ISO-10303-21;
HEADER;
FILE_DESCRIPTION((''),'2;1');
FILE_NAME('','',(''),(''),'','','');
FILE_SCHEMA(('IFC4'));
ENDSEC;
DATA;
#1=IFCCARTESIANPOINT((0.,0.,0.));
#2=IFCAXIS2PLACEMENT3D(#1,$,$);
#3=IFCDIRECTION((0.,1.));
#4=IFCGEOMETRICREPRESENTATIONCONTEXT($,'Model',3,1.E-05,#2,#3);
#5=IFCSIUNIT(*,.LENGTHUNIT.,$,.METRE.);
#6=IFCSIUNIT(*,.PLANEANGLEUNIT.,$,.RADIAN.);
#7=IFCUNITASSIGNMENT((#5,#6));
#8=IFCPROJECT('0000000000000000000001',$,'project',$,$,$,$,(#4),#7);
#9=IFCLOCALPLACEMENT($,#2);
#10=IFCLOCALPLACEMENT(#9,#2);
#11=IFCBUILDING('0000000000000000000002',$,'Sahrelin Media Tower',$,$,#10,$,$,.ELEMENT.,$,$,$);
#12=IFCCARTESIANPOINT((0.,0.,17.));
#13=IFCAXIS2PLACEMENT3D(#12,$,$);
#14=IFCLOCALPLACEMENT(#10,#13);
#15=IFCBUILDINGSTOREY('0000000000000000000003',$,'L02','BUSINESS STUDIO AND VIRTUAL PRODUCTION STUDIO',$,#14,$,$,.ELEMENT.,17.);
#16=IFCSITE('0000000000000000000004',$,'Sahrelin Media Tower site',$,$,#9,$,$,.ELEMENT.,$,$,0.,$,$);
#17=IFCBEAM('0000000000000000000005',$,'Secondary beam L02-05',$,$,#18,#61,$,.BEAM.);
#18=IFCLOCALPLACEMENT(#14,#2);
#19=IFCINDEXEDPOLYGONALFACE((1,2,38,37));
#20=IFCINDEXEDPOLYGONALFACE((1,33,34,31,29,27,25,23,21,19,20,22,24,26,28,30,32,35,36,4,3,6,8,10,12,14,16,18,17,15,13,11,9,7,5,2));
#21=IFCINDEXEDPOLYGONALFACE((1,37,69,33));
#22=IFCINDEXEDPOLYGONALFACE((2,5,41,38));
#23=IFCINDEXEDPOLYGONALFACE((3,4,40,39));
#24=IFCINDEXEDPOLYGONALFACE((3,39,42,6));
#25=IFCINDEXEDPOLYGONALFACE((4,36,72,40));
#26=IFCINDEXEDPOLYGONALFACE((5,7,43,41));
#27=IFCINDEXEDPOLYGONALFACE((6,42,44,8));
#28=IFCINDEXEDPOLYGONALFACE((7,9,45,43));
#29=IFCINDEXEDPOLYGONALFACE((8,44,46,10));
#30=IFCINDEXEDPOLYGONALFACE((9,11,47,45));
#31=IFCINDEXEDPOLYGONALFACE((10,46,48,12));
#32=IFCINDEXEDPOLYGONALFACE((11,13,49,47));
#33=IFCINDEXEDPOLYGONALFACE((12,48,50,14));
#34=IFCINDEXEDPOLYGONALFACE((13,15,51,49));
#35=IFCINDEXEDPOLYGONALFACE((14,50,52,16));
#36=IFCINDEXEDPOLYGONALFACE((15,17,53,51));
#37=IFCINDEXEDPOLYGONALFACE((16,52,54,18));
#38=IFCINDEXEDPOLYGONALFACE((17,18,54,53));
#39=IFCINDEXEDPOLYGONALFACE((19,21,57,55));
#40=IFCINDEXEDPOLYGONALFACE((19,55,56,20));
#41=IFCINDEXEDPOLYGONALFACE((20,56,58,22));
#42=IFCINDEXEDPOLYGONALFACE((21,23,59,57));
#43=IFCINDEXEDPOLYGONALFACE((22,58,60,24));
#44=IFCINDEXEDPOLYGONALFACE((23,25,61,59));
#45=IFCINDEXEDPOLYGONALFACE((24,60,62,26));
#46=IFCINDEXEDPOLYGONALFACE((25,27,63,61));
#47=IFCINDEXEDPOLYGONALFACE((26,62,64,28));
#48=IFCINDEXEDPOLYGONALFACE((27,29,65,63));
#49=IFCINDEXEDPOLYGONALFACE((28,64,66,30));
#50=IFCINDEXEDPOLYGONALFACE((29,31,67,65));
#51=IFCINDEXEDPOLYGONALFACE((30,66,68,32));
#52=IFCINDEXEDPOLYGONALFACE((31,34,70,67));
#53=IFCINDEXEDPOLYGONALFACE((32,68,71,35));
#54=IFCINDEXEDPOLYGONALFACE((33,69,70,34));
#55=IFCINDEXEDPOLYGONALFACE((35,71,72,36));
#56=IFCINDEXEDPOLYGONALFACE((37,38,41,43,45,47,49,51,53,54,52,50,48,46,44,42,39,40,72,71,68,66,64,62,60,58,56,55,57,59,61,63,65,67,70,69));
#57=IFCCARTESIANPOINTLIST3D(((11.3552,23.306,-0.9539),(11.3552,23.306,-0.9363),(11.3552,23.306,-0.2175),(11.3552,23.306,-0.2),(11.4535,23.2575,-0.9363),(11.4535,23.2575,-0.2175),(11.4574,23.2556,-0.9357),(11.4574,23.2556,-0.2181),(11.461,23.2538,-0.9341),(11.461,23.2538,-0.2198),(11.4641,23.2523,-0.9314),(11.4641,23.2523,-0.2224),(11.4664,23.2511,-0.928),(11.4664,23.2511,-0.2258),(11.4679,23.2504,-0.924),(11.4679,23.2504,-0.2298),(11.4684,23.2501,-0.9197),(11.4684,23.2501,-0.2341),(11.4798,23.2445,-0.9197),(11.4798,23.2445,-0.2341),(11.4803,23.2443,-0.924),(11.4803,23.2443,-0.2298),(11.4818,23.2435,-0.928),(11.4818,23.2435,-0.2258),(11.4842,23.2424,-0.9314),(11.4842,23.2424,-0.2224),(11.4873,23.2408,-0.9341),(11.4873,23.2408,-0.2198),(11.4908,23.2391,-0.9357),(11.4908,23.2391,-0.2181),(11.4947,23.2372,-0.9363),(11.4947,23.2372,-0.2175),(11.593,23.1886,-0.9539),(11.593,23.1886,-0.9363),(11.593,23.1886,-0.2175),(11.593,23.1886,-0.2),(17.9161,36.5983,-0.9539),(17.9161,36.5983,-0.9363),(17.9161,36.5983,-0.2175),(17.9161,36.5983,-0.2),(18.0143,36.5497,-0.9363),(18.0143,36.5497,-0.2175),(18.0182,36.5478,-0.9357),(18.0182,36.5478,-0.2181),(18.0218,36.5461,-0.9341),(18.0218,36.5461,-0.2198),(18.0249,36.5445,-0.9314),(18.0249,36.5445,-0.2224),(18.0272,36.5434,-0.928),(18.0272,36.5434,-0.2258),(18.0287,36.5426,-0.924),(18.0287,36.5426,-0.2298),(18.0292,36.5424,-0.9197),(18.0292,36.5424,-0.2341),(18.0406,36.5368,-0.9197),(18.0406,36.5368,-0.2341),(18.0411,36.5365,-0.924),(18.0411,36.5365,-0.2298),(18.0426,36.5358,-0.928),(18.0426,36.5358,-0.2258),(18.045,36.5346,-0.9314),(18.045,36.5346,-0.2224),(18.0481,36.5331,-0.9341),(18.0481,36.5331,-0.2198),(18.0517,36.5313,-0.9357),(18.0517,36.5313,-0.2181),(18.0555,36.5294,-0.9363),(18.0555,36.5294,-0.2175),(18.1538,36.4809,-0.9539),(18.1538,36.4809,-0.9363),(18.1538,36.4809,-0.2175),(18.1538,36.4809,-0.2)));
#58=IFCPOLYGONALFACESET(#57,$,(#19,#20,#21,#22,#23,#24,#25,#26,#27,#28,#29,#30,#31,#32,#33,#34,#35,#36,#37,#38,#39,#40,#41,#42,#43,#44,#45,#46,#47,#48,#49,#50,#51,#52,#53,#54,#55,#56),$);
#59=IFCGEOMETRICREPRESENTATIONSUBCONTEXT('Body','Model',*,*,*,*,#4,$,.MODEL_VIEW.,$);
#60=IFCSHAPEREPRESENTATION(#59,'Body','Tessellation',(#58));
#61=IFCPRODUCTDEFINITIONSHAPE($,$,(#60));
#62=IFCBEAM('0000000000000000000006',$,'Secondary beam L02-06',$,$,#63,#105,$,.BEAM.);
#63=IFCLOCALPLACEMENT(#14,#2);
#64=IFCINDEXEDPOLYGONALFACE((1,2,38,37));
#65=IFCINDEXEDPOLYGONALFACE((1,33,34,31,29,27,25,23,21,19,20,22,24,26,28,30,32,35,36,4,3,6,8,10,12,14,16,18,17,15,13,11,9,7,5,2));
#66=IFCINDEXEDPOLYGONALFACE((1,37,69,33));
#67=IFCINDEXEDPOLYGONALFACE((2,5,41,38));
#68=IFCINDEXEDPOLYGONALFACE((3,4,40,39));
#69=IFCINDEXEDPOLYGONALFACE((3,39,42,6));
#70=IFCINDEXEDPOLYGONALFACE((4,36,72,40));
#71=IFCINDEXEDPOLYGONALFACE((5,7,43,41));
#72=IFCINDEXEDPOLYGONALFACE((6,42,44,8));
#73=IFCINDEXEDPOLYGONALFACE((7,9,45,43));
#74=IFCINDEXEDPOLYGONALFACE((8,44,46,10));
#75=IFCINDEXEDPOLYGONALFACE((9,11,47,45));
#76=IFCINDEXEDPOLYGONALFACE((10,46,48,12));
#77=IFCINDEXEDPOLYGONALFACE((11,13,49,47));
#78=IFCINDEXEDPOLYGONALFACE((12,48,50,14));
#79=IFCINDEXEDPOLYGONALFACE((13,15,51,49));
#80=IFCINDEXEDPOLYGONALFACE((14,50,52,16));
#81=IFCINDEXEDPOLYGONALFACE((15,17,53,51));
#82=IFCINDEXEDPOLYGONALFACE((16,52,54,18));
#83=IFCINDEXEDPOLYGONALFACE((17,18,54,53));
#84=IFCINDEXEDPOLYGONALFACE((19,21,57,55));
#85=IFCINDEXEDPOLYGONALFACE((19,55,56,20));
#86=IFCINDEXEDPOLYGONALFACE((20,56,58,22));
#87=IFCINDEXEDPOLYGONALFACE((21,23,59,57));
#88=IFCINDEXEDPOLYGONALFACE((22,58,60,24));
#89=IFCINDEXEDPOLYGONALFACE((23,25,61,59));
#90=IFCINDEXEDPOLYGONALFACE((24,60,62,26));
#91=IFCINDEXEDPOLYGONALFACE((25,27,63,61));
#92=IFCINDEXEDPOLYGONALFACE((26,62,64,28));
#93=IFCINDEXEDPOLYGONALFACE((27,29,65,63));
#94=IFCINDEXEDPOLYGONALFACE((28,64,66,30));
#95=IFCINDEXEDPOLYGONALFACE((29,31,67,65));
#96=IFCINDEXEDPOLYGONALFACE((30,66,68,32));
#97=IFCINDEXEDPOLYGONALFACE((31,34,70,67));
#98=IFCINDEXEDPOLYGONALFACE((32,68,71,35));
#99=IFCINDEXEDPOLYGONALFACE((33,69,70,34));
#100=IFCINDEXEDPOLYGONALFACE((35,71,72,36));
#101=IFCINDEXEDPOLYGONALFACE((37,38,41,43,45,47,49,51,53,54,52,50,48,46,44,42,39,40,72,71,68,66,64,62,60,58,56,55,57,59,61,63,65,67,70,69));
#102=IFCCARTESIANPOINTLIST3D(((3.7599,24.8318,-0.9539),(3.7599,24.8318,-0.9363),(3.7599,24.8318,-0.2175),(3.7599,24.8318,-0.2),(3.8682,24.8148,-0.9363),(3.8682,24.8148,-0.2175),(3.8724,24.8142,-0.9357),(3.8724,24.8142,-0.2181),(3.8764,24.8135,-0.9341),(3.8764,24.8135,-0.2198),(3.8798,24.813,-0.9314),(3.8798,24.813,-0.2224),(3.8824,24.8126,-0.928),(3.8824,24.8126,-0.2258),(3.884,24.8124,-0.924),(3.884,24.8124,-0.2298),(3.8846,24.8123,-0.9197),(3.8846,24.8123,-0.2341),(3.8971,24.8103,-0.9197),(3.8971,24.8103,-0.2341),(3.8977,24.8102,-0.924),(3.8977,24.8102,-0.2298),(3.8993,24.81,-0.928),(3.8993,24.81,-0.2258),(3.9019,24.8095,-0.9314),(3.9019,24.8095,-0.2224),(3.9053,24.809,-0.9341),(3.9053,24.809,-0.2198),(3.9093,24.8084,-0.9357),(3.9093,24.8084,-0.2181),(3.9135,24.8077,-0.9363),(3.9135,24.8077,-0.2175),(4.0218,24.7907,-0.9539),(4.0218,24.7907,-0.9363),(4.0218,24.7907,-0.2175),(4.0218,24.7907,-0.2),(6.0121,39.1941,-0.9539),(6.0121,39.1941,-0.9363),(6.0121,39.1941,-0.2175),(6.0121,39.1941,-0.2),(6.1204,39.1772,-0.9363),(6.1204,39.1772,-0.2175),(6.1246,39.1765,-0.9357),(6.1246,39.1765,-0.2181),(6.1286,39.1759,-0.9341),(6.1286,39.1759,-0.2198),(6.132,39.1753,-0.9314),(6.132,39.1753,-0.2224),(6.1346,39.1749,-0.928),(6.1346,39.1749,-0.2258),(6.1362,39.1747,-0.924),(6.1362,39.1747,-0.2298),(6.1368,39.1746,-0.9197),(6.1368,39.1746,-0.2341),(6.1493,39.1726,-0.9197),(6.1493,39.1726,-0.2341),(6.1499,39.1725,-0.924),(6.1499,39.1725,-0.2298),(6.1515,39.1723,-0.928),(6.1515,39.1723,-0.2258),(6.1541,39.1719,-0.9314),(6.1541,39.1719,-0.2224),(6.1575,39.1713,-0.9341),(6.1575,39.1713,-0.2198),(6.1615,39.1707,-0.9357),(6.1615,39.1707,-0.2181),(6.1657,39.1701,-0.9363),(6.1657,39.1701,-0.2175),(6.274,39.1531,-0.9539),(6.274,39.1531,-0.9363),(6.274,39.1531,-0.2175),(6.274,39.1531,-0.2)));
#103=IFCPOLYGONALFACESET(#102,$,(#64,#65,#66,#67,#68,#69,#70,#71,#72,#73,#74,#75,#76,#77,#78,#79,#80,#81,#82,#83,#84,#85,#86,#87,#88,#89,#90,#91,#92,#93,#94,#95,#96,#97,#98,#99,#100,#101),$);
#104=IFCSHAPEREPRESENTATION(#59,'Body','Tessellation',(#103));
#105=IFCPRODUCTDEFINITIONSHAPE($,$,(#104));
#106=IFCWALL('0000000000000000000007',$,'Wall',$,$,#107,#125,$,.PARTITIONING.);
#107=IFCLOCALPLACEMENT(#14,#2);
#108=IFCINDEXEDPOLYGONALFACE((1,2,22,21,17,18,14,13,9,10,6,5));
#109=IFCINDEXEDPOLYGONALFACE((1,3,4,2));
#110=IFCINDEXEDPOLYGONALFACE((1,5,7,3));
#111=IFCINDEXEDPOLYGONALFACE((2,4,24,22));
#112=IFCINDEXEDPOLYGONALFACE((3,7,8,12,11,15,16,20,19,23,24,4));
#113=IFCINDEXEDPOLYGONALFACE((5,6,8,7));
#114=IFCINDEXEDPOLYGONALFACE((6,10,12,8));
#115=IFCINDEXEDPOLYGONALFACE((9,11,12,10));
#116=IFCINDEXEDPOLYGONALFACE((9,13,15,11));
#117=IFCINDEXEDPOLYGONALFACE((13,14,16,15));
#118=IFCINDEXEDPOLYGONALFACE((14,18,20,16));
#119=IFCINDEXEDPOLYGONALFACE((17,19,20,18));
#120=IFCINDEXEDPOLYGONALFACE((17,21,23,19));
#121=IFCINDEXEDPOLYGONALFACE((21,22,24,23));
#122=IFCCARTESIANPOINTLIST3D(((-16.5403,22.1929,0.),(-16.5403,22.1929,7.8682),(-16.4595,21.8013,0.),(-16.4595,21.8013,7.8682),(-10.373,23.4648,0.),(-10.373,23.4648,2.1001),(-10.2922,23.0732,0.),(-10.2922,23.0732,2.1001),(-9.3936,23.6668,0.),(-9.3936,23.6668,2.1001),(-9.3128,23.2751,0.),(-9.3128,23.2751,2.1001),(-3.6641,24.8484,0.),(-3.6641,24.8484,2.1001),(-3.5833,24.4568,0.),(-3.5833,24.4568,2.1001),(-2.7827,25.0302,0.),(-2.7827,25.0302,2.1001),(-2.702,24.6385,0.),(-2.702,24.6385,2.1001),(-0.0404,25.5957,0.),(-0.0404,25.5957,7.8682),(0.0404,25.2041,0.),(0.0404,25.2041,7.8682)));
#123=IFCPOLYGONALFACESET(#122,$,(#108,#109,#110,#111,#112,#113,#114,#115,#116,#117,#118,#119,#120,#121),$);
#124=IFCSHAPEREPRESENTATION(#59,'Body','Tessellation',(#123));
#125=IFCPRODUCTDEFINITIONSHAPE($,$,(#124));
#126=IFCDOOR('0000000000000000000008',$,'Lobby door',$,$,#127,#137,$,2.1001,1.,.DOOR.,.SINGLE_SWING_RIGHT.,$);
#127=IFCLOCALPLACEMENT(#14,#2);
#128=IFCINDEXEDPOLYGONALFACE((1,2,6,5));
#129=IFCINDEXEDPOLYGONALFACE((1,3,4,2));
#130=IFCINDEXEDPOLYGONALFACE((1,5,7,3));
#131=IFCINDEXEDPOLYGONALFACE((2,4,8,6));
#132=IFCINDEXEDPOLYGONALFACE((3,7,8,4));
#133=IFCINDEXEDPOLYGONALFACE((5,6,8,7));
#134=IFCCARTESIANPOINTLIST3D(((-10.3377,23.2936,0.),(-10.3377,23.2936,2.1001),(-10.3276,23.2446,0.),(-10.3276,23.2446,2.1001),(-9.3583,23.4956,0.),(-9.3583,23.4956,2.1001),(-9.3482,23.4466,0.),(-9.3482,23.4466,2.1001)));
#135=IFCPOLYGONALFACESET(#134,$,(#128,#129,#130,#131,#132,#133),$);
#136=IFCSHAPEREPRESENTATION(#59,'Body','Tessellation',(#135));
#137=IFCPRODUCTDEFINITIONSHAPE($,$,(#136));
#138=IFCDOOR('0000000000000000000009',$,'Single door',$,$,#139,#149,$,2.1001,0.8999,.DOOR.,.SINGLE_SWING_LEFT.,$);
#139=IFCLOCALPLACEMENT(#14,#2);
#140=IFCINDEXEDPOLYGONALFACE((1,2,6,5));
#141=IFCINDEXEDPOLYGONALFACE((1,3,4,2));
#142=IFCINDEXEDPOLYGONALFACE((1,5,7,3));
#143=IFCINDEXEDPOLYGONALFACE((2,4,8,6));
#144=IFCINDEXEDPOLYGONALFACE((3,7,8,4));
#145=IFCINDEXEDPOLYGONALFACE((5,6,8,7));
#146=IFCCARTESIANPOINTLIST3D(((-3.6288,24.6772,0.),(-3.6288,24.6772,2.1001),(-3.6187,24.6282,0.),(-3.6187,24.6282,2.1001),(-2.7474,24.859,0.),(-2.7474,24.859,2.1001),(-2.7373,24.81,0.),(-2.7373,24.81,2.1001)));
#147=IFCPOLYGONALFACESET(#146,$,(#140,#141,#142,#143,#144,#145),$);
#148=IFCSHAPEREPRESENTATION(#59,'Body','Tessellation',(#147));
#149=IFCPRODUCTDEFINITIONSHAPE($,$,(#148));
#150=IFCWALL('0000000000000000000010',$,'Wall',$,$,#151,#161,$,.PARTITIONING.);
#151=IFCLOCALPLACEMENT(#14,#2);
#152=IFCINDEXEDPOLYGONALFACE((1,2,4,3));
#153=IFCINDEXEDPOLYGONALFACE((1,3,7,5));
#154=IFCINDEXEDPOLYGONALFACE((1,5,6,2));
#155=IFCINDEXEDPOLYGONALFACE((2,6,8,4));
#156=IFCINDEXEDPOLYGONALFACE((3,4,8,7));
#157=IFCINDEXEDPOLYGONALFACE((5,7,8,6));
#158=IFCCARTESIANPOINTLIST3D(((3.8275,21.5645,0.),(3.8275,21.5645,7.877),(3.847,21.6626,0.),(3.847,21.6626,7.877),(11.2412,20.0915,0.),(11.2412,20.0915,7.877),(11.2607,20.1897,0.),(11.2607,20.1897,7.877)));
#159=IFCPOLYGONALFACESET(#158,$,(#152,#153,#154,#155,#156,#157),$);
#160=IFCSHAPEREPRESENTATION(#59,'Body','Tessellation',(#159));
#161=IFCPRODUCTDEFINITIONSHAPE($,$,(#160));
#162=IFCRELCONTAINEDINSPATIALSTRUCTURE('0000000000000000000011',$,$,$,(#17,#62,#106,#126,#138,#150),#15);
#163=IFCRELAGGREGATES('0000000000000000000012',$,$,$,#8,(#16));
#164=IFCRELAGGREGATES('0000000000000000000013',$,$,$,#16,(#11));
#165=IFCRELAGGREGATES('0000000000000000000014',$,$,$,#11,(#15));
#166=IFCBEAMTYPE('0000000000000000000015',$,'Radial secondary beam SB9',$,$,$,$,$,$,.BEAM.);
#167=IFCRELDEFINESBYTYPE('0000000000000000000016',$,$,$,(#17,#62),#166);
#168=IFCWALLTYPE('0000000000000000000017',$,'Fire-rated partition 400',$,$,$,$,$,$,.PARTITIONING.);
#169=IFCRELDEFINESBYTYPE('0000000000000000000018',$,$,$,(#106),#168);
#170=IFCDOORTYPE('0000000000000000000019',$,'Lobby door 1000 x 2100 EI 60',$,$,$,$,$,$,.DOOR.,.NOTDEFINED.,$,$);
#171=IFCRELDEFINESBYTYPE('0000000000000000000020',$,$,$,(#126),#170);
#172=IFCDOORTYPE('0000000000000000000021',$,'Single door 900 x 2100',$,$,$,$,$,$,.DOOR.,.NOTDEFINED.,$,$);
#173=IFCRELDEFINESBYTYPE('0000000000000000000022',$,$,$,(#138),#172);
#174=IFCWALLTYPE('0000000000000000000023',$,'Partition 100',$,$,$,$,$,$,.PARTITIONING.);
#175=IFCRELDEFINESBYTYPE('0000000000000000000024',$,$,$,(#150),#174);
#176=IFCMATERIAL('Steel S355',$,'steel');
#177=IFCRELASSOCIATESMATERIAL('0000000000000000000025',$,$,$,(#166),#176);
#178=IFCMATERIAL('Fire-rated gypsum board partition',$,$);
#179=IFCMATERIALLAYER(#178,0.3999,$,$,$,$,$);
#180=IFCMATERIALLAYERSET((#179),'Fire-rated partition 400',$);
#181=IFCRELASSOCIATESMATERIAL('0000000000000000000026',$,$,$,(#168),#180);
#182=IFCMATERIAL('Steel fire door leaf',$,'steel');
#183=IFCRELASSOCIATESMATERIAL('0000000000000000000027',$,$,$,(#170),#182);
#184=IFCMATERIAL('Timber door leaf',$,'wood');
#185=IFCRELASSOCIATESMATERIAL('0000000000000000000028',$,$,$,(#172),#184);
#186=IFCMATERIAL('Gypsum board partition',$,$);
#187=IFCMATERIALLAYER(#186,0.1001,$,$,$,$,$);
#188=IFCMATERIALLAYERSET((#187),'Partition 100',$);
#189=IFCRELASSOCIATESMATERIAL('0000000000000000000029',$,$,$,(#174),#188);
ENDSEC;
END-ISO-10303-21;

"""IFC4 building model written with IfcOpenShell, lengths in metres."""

from ifc_helpers import new_model, si_unit, direction, frame, frame_2d, origin, origin_2d, place, context, subcontext, project, spatial, rectangle, i_section, extrude, material, layer, layer_set, material_profile, profile_set, type_object, element, fill, save


model = new_model("IFC4")

# Units and contexts
model_context = context("Model", 3, precision=1e-05, world=origin(), true_north=direction((0.0, 1.0)))
body_context = subcontext(model_context, "Body", "Model", "MODEL_VIEW")
ifc_project = project(units=[si_unit("LENGTHUNIT", "METRE"), si_unit("PLANEANGLEUNIT", "RADIAN")], contexts=[model_context])

# Site, building, storey
site_placement = place(None, origin())
site = spatial("IfcSite", under=ifc_project, at=site_placement, Name="Sahrelin Media Tower site", CompositionType="ELEMENT", RefElevation=0.0)
building_placement = place(site_placement, origin())
building = spatial("IfcBuilding", under=site, at=building_placement, Name="Sahrelin Media Tower", CompositionType="ELEMENT")
storey_placement = place(building_placement, frame((0.0, 0.0, 17.0)))
storey = spatial("IfcBuildingStorey", under=building, at=storey_placement, Name="L02", Description="BUSINESS STUDIO AND VIRTUAL PRODUCTION STUDIO", CompositionType="ELEMENT", Elevation=17.0)

# Beams
ifc_material_1 = material(Name="Steel S355", Category="steel")
ifc_material_profile_1 = material_profile(ifc_material_1, i_section(OverallWidth=0.2651, OverallDepth=0.7539, WebThickness=0.0127, FlangeThickness=0.0176, FilletRadius=0.0166, at=origin_2d()), Name="UB 762x267x147")
ifc_profile_set_1 = profile_set([ifc_material_profile_1], Name="Steel S355")
beam_type_1 = type_object("IfcBeamType", Name="Radial secondary beam SB9", PredefinedType="BEAM", material=ifc_profile_set_1)
beam_1_placement = place(storey_placement, frame((11.4741, 23.2473, -0.5769), z_axis=(0.442603, 0.896718, 0.0), x_axis=(-0.896718, 0.442603, 0.0)))
element("IfcBeam", 1, at=beam_1_placement, inside=storey, type_object=beam_type_1, Name="Secondary beam L02-05", PredefinedType="BEAM", context=body_context, shape_type="SweptSolid", body=[
    extrude(i_section(OverallWidth=0.2651, OverallDepth=0.7539, WebThickness=0.0127, FlangeThickness=0.0176, FilletRadius=0.0166, at=origin_2d()), origin(), (0.0, 0.0, 1.0), 14.8232),
])
beam_2_placement = place(storey_placement, frame((3.8909, 24.8113, -0.5769), z_axis=(0.15492, 0.987927, 0.0), x_axis=(-0.987927, 0.15492, 0.0)))
element("IfcBeam", 2, at=beam_2_placement, inside=storey, type_object=beam_type_1, Name="Secondary beam L02-06", PredefinedType="BEAM", context=body_context, shape_type="SweptSolid", body=[
    extrude(i_section(OverallWidth=0.2651, OverallDepth=0.7539, WebThickness=0.0127, FlangeThickness=0.0176, FilletRadius=0.0166, at=origin_2d()), origin(), (0.0, 0.0, 1.0), 14.5378),
])

# Wall, openings, doors
ifc_material_2 = material(Name="Fire-rated gypsum board partition")
ifc_layer_1 = layer(ifc_material_2, 0.3999)
ifc_layer_set_1 = layer_set([ifc_layer_1], Name="Fire-rated partition 400")
wall_type_1 = type_object("IfcWallType", Name="Fire-rated partition 400", PredefinedType="PARTITIONING", material=ifc_layer_set_1)
wall_1_placement = place(storey_placement, frame((0.0, 25.3999, 0.0), z_axis=(0.0, 0.0, 1.0), x_axis=(-0.979389, -0.201982, 0.0)))
wall_1 = element("IfcWall", 3, at=wall_1_placement, inside=storey, type_object=wall_type_1, Name="Wall", PredefinedType="PARTITIONING", context=body_context, shape_type="SweptSolid", body=[
    extrude(rectangle(XDim=16.8472, YDim=0.3999, at=frame_2d((8.4236, 0.0))), origin(), (0.0, 0.0, 1.0), 7.8682),
])
opening_1_placement = place(wall_1_placement, frame((9.55, 0.0, 0.0)))
opening_1 = element("IfcOpeningElement", 4, at=opening_1_placement, cuts=wall_1, PredefinedType="OPENING", context=body_context, shape_type="SweptSolid", body=[
    extrude(rectangle(XDim=1.0, YDim=2.1001, at=frame_2d((0.5, 1.05))), frame((0.0, 0.2, 0.0), z_axis=(0.0, -1.0, 0.0), x_axis=(1.0, 0.0, 0.0)), (0.0, 0.0, 1.0), 0.3999),
])
opening_2_placement = place(wall_1_placement, frame((2.8, 0.0, 0.0)))
opening_2 = element("IfcOpeningElement", 5, at=opening_2_placement, cuts=wall_1, PredefinedType="OPENING", context=body_context, shape_type="SweptSolid", body=[
    extrude(rectangle(XDim=0.8999, YDim=2.1001, at=frame_2d((0.45, 1.05))), frame((0.0, 0.2, 0.0), z_axis=(0.0, -1.0, 0.0), x_axis=(1.0, 0.0, 0.0)), (0.0, 0.0, 1.0), 0.3999),
])
ifc_material_3 = material(Name="Steel fire door leaf", Category="steel")
door_type_1 = type_object("IfcDoorType", Name="Lobby door 1000 x 2100 EI 60", OperationType="NOTDEFINED", PredefinedType="DOOR", material=ifc_material_3)
door_1_placement = place(opening_1_placement, origin())
door_1 = element("IfcDoor", 6, at=door_1_placement, inside=storey, type_object=door_type_1, Name="Lobby door", OperationType="SINGLE_SWING_RIGHT", OverallHeight=2.1001, OverallWidth=1.0, PredefinedType="DOOR", context=body_context, shape_type="SweptSolid", body=[
    extrude(rectangle(XDim=1.0, YDim=2.1001, at=frame_2d((0.5, 1.05))), frame((0.0, 0.0249, 0.0), z_axis=(0.0, -1.0, 0.0), x_axis=(1.0, 0.0, 0.0)), (0.0, 0.0, 1.0), 0.05),
])
fill(opening_1, door_1)
ifc_material_4 = material(Name="Timber door leaf", Category="wood")
door_type_2 = type_object("IfcDoorType", Name="Single door 900 x 2100", OperationType="NOTDEFINED", PredefinedType="DOOR", material=ifc_material_4)
door_2_placement = place(opening_2_placement, origin())
door_2 = element("IfcDoor", 7, at=door_2_placement, inside=storey, type_object=door_type_2, Name="Single door", OperationType="SINGLE_SWING_LEFT", OverallHeight=2.1001, OverallWidth=0.8999, PredefinedType="DOOR", context=body_context, shape_type="SweptSolid", body=[
    extrude(rectangle(XDim=0.8999, YDim=2.1001, at=frame_2d((0.45, 1.05))), frame((0.0, 0.0249, 0.0), z_axis=(0.0, -1.0, 0.0), x_axis=(1.0, 0.0, 0.0)), (0.0, 0.0, 1.0), 0.05),
])
fill(opening_2, door_2)

# Wall
ifc_material_5 = material(Name="Gypsum board partition")
ifc_layer_2 = layer(ifc_material_5, 0.1001)
ifc_layer_set_2 = layer_set([ifc_layer_2], Name="Partition 100")
wall_type_2 = type_object("IfcWallType", Name="Partition 100", PredefinedType="PARTITIONING", material=ifc_layer_set_2)
wall_2_placement = place(storey_placement, frame((11.251, 20.1406, 0.0), z_axis=(0.0, 0.0, 1.0), x_axis=(-0.98083, 0.194867, 0.0)))
element("IfcWall", 8, at=wall_2_placement, inside=storey, type_object=wall_type_2, Name="Wall", PredefinedType="PARTITIONING", context=body_context, shape_type="SweptSolid", body=[
    extrude(rectangle(XDim=7.5586, YDim=0.1001, at=frame_2d((3.7793, 0.0))), origin(), (0.0, 0.0, 1.0), 7.877),
])

save(model, "model.ifc")
